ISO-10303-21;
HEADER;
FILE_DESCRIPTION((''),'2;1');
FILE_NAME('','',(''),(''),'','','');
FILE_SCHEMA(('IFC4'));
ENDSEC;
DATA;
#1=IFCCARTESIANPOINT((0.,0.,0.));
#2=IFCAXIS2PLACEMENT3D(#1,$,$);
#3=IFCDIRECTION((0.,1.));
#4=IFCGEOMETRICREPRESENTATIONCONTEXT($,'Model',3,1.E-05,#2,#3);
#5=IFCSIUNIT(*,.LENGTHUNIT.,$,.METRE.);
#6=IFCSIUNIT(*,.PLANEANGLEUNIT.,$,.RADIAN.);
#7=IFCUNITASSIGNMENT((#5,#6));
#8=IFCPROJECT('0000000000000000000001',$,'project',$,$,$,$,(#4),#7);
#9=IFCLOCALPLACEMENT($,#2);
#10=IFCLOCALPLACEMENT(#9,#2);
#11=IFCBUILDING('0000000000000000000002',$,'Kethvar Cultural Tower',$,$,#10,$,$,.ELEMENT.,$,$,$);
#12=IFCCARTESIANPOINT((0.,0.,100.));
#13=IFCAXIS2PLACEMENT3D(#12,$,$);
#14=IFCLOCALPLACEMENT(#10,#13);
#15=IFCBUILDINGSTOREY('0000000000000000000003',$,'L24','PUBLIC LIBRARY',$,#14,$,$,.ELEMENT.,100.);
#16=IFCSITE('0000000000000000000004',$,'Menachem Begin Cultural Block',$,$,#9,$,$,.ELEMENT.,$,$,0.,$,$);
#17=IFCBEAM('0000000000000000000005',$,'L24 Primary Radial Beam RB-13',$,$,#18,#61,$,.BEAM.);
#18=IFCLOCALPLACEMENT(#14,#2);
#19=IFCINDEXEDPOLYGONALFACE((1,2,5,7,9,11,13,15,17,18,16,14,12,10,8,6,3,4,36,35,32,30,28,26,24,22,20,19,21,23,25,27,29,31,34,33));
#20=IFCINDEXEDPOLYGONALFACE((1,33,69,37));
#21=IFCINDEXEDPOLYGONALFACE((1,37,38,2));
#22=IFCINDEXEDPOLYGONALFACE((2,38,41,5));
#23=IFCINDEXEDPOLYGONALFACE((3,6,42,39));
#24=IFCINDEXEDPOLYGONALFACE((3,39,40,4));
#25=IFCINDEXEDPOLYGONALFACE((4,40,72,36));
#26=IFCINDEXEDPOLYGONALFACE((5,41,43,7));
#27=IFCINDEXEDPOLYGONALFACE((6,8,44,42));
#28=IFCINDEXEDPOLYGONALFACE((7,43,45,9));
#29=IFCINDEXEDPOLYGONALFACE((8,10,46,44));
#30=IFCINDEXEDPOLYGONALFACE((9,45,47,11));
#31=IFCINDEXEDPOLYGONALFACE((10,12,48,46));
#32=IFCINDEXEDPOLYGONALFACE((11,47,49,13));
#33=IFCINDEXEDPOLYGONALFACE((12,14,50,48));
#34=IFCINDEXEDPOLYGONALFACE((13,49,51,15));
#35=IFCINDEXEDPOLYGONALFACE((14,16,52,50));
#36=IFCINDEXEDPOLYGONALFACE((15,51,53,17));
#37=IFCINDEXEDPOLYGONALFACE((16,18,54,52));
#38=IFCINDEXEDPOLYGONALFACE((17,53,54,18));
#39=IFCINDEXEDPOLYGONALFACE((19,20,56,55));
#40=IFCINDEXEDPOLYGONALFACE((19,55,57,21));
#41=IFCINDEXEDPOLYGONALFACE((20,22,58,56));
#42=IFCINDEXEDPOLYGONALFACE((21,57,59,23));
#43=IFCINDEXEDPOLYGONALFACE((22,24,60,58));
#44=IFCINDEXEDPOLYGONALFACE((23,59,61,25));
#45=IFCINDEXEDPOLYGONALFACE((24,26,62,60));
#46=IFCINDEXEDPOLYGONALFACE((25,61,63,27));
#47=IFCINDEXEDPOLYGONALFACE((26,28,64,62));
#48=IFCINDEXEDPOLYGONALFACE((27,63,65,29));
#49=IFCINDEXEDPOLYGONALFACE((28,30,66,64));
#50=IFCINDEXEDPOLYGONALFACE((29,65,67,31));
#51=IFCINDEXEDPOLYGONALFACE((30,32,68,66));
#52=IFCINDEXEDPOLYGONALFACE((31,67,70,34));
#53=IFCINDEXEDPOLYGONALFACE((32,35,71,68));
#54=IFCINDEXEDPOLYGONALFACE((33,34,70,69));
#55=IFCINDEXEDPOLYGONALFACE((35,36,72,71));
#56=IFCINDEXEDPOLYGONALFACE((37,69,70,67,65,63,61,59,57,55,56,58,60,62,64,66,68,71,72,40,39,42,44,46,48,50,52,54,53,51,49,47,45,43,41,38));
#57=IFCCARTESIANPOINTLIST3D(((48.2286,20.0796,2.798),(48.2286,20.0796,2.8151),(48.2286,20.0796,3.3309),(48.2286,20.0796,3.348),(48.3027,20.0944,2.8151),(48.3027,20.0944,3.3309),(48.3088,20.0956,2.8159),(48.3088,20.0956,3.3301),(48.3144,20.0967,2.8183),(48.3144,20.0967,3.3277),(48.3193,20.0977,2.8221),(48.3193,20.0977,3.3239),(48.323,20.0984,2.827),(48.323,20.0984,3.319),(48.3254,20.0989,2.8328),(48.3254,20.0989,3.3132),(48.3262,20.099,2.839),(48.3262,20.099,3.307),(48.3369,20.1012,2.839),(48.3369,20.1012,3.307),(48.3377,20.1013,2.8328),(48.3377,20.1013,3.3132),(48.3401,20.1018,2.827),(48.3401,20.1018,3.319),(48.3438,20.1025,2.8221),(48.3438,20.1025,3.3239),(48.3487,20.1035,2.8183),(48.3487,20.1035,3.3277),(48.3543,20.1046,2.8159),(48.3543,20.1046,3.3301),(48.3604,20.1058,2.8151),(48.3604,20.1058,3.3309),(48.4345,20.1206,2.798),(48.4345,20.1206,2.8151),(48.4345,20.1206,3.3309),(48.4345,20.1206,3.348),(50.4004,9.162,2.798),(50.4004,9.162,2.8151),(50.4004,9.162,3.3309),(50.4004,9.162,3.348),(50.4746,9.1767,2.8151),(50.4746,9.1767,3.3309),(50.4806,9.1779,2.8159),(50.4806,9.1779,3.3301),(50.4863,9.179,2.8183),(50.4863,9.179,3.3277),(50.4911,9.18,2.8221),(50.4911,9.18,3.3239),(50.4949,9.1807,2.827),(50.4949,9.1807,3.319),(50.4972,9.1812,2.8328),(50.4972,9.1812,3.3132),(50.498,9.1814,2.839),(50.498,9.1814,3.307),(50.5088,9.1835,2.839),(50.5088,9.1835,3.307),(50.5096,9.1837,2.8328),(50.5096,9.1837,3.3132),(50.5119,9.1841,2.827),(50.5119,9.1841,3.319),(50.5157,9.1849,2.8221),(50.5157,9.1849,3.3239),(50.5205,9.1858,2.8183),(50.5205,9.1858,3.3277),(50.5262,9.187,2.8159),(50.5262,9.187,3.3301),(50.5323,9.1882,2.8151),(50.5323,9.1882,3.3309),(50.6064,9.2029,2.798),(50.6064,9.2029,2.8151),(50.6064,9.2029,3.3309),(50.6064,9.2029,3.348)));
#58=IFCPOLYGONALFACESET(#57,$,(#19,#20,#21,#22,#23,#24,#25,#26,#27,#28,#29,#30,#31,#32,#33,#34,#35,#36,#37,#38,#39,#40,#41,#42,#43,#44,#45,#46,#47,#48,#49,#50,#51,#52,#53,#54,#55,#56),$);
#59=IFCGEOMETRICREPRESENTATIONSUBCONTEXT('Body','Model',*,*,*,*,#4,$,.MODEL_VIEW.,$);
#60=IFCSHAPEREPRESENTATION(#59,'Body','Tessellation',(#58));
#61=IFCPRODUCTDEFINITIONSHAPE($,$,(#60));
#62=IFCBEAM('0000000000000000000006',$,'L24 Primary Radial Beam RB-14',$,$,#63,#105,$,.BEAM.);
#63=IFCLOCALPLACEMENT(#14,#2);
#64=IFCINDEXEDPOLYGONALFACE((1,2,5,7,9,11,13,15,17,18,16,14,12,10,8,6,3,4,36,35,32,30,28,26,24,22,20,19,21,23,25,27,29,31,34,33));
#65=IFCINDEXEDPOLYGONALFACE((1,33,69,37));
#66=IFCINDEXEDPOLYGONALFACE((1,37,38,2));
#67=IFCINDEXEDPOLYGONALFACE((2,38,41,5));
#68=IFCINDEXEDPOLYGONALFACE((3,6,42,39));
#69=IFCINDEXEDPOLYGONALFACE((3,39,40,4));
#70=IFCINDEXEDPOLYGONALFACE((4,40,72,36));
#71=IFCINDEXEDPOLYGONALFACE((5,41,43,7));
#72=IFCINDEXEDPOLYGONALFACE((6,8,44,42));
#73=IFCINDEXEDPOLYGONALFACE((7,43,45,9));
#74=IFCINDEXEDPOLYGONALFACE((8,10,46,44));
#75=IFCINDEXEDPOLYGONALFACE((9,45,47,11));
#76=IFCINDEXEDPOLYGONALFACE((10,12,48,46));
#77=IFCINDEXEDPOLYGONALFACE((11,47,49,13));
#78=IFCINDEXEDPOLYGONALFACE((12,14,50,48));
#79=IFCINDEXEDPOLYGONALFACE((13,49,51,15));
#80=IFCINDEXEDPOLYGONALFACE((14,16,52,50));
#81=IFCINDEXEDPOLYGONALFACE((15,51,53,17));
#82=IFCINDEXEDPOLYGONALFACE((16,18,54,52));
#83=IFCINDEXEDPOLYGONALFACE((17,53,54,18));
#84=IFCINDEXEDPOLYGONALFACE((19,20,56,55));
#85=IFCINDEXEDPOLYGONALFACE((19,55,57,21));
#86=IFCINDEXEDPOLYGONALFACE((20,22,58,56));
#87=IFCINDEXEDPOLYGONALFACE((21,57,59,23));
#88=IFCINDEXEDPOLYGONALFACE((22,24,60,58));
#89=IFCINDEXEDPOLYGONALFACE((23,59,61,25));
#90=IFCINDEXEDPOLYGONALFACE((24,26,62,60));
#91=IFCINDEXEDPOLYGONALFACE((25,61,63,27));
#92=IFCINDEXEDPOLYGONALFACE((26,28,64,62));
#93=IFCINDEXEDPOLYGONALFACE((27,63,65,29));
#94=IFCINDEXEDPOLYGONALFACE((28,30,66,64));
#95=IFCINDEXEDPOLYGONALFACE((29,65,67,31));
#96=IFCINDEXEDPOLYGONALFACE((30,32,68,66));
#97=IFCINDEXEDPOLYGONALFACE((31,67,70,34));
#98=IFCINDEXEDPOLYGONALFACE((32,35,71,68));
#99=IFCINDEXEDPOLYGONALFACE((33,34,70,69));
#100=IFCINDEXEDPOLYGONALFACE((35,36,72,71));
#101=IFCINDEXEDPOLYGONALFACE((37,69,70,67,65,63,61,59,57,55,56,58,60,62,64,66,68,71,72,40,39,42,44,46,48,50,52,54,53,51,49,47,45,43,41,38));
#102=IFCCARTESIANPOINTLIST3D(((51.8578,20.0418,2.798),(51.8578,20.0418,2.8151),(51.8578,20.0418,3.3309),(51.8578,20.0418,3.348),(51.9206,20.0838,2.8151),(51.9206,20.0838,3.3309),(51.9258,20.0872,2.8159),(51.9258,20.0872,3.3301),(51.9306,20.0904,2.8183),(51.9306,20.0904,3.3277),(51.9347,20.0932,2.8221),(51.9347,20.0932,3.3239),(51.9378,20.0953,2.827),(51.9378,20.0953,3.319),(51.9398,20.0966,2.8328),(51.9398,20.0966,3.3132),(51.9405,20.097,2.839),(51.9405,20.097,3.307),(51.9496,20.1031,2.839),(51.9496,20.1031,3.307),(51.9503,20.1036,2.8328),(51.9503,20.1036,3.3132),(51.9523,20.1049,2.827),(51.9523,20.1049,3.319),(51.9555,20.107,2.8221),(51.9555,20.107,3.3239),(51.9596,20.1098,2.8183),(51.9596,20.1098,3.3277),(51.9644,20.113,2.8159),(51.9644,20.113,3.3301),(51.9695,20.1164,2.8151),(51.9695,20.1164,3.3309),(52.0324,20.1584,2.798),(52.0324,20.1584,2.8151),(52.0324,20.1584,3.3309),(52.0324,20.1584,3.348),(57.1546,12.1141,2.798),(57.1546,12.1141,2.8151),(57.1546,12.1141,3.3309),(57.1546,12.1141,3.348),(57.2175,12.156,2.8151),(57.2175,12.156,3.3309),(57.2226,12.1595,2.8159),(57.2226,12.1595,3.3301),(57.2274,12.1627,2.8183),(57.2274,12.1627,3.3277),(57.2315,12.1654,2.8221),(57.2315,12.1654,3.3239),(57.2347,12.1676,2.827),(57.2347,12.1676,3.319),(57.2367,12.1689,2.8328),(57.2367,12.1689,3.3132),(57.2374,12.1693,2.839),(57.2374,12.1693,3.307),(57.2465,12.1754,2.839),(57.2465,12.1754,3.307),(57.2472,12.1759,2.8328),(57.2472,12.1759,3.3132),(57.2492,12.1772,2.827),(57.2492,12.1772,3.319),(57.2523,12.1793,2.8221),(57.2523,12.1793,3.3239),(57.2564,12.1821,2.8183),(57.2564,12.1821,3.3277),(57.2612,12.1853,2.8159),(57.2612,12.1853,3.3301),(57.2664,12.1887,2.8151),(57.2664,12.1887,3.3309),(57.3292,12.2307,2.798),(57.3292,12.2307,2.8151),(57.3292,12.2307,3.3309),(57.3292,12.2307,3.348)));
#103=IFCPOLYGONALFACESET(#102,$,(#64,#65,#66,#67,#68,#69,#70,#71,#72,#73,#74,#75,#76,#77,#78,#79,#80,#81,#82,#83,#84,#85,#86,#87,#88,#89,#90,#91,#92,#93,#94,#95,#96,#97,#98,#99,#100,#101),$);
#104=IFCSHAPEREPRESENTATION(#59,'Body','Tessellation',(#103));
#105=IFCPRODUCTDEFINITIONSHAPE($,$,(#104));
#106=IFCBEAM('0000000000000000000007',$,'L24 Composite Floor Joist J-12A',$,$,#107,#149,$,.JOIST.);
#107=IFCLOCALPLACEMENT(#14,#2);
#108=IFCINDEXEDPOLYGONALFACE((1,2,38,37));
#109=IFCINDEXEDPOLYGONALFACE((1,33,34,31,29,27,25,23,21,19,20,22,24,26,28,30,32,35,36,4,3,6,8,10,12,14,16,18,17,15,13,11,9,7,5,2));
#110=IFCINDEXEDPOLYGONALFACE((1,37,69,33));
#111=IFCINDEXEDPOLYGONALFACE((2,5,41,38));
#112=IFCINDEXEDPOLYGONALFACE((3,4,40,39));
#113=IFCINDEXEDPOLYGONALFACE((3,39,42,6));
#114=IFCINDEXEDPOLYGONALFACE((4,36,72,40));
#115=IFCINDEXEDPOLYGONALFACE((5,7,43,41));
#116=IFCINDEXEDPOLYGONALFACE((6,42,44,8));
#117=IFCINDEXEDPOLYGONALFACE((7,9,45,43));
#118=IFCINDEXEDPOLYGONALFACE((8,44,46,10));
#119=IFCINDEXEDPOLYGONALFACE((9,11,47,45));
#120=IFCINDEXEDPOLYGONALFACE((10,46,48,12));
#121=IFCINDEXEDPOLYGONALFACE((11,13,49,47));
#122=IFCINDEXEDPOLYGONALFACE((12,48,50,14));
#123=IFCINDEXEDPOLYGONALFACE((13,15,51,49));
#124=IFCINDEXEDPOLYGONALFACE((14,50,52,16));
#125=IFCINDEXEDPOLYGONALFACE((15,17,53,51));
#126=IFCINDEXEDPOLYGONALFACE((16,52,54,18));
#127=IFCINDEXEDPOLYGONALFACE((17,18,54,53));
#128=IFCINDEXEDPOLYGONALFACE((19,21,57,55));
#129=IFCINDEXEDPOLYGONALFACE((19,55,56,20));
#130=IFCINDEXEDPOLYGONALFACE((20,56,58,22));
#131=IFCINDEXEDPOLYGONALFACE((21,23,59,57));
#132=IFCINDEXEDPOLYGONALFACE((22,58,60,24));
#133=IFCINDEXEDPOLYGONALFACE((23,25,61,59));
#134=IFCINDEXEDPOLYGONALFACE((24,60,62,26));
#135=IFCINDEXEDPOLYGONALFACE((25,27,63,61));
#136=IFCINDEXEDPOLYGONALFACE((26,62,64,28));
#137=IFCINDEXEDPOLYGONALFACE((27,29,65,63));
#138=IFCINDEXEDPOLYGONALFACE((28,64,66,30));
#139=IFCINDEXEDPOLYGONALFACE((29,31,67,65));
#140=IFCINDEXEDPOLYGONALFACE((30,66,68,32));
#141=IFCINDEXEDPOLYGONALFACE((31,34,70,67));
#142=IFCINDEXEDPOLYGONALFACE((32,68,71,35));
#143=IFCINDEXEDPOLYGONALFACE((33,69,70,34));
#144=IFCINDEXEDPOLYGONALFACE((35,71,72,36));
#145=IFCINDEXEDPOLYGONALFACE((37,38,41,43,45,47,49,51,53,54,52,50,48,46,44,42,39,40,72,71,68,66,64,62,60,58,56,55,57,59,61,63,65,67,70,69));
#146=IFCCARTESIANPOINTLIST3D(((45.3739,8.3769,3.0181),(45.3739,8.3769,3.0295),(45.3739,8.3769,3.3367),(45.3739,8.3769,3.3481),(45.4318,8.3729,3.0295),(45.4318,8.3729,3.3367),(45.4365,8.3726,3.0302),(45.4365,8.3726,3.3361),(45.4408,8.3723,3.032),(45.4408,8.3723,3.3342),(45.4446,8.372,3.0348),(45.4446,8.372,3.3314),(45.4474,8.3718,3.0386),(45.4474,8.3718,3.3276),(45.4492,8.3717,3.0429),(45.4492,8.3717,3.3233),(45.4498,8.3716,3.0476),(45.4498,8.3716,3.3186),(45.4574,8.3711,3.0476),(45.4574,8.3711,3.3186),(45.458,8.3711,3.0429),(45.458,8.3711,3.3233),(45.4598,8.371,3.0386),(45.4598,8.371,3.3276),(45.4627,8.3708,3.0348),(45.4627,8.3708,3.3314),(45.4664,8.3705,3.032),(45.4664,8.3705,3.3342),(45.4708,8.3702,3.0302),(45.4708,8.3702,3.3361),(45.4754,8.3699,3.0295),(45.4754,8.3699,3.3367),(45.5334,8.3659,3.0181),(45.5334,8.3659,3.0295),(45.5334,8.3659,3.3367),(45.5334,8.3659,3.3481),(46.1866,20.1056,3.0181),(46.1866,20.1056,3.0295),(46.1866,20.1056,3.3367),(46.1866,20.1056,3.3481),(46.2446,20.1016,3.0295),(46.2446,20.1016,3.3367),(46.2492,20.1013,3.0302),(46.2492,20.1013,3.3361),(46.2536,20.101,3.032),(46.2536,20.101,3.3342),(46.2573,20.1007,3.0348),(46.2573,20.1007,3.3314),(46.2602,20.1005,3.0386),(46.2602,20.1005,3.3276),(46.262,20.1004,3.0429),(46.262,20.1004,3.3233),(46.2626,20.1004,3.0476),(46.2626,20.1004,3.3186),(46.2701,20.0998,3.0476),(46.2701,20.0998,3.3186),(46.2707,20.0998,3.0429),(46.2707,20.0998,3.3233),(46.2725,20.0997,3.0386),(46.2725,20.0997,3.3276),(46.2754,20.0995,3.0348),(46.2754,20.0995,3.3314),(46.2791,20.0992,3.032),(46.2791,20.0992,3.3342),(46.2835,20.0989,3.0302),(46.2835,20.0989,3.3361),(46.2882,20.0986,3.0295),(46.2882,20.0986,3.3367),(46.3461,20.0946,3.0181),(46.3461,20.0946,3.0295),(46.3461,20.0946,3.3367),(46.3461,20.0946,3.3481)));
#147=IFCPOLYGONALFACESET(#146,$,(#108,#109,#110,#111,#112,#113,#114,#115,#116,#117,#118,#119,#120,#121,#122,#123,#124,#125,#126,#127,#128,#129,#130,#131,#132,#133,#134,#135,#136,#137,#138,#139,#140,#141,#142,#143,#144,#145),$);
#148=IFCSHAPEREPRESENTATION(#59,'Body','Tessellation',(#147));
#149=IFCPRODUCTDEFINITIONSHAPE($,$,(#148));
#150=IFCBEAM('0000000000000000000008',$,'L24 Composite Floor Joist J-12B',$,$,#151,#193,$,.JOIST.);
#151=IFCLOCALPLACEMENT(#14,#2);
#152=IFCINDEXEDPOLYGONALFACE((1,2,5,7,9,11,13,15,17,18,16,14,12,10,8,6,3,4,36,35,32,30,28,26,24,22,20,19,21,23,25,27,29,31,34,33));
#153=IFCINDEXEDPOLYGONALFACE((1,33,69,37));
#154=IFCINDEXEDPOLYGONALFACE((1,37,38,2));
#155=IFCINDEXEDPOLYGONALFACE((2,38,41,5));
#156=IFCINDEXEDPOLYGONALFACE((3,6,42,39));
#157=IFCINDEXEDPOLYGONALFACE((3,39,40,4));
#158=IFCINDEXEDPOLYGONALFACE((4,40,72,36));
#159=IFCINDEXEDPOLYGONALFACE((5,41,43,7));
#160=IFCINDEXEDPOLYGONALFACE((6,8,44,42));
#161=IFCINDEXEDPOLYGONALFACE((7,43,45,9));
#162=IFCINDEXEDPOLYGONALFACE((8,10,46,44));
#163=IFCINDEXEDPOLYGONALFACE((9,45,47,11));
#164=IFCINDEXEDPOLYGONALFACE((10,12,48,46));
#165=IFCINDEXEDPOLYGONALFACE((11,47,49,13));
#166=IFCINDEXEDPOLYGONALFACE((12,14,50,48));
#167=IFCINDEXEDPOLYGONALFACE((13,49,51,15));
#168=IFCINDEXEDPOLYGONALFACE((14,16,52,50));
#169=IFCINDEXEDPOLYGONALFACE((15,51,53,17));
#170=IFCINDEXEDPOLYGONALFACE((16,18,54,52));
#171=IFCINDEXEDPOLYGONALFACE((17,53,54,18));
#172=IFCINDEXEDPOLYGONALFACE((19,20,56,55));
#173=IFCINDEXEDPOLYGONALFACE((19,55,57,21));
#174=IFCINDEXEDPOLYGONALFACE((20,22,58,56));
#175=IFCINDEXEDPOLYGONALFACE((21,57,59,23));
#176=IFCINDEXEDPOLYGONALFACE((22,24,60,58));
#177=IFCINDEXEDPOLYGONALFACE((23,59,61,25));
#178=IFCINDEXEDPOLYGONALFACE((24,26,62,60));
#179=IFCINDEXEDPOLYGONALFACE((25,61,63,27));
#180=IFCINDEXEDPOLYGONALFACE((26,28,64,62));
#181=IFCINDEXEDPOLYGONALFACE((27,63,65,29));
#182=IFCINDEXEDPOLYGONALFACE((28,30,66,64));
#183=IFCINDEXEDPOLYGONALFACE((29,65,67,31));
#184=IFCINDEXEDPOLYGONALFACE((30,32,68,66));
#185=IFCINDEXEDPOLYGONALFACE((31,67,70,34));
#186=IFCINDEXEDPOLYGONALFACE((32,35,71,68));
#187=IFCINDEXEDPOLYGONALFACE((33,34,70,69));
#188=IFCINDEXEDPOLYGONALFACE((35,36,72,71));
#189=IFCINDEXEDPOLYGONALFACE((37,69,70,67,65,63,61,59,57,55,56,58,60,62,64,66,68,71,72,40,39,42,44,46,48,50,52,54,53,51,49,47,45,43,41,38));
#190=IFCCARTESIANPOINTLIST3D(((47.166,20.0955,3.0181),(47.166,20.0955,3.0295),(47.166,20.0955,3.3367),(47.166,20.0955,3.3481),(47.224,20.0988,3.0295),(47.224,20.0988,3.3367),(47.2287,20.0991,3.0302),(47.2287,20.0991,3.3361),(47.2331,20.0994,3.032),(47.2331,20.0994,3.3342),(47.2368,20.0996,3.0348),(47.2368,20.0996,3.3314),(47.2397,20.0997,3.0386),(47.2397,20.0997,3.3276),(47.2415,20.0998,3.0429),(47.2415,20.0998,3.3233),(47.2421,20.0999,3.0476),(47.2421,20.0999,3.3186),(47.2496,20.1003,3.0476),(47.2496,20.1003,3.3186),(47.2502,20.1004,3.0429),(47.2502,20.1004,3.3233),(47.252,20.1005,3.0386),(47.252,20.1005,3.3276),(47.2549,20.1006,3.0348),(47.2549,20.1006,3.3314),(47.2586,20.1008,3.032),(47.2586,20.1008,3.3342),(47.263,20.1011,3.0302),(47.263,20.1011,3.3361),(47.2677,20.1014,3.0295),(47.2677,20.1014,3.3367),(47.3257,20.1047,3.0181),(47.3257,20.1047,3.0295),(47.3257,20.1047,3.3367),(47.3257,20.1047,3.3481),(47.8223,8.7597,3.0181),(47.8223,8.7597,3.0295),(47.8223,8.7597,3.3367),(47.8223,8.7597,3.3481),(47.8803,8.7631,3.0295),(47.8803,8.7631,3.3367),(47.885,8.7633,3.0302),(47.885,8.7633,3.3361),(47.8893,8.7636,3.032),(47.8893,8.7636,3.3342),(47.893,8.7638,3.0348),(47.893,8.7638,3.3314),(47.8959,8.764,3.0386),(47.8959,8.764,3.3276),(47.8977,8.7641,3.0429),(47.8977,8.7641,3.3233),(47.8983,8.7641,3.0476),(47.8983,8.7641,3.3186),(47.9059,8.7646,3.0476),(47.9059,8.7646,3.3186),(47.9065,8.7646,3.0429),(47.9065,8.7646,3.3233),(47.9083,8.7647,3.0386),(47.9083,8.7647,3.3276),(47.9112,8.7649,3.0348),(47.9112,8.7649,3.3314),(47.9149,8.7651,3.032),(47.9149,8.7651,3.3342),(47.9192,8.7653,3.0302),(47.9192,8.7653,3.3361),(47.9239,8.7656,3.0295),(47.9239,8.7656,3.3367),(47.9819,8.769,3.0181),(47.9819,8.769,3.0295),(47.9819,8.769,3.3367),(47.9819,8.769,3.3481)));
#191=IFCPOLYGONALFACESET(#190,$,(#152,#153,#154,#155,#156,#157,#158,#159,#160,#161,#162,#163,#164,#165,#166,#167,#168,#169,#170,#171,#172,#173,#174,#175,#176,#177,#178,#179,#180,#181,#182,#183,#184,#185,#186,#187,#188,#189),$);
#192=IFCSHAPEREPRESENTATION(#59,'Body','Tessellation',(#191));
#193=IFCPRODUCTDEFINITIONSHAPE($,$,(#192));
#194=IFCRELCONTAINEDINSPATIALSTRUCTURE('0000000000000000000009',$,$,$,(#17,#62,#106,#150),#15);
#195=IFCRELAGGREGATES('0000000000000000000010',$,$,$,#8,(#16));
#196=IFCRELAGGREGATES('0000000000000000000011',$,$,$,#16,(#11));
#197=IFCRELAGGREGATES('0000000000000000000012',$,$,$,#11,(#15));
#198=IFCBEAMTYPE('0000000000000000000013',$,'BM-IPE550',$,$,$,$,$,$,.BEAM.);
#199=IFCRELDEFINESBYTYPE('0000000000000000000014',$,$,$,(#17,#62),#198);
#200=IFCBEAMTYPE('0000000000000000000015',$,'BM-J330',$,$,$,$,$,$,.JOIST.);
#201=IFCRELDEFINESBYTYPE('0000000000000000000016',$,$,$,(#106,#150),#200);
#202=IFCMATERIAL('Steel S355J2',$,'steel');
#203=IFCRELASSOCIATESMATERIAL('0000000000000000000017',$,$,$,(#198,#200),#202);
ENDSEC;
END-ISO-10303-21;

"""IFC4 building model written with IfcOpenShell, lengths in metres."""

from ifc_helpers import new_model, si_unit, direction, frame, origin, origin_2d, place, context, subcontext, project, spatial, i_section, extrude, source, transform, mapped, material, material_profile, profile_set, type_object, element, save


model = new_model("IFC4")

# Units and contexts
model_context = context("Model", 3, precision=1e-05, world=origin(), true_north=direction((0.0, 1.0)))
body_context = subcontext(model_context, "Body", "Model", "MODEL_VIEW")
ifc_project = project(units=[si_unit("LENGTHUNIT", "METRE"), si_unit("PLANEANGLEUNIT", "RADIAN")], contexts=[model_context])

# Site, building, storey
site_placement = place(None, origin())
site = spatial("IfcSite", under=ifc_project, at=site_placement, Name="Menachem Begin Cultural Block", CompositionType="ELEMENT", RefElevation=0.0)
building_placement = place(site_placement, origin())
building = spatial("IfcBuilding", under=site, at=building_placement, Name="Kethvar Cultural Tower", CompositionType="ELEMENT")
storey_placement = place(building_placement, frame((0.0, 0.0, 100.0)))
storey = spatial("IfcBuildingStorey", under=building, at=storey_placement, Name="L24", Description="PUBLIC LIBRARY", CompositionType="ELEMENT", Elevation=100.0)

# Beams
ifc_material_1 = material(Name="Steel S355J2", Category="steel")
ifc_material_profile_1 = material_profile(ifc_material_1, i_section(OverallWidth=0.21, OverallDepth=0.55, WebThickness=0.011, FlangeThickness=0.0171, FilletRadius=0.0239, at=origin_2d()), Name="Steel S355J2 — IPE550")
ifc_profile_set_1 = profile_set([ifc_material_profile_1], Name="Steel S355J2 — IPE550")
beam_type_1 = type_object("IfcBeamType", Name="BM-IPE550", PredefinedType="BEAM", material=ifc_profile_set_1)
shared_shape_1 = source(origin(), body_context, "Body", "SweptSolid", [
    extrude(i_section(OverallWidth=0.21, OverallDepth=0.55, WebThickness=0.011, FlangeThickness=0.0171, FilletRadius=0.0239, at=origin_2d()), origin(), (0.0, 0.0, 1.0), 11.1316),
])
beam_1_placement = place(storey_placement, frame((48.3315, 20.1001, 3.073), z_axis=(0.195108, -0.980782, 0.0), x_axis=(0.980782, 0.195108, 0.0)))
element("IfcBeam", 1, at=beam_1_placement, inside=storey, type_object=beam_type_1, Name="L24 Primary Radial Beam RB-13", PredefinedType="BEAM", context=body_context, shape_type="MappedRepresentation", body=[
    mapped(shared_shape_1, transform((0.0, 0.0, 0.0), scale=1.0)),
])
shared_shape_2 = source(origin(), body_context, "Body", "SweptSolid", [
    extrude(i_section(OverallWidth=0.21, OverallDepth=0.55, WebThickness=0.011, FlangeThickness=0.0171, FilletRadius=0.0239, at=origin_2d()), origin(), (0.0, 0.0, 1.0), 9.5344),
])
beam_2_placement = place(storey_placement, frame((51.9451, 20.1001, 3.073), z_axis=(0.555551, -0.831483, 0.0), x_axis=(0.831483, 0.555551, 0.0)))
element("IfcBeam", 2, at=beam_2_placement, inside=storey, type_object=beam_type_1, Name="L24 Primary Radial Beam RB-14", PredefinedType="BEAM", context=body_context, shape_type="MappedRepresentation", body=[
    mapped(shared_shape_2, transform((0.0, 0.0, 0.0), scale=1.0)),
])
ifc_material_profile_2 = material_profile(ifc_material_1, i_section(OverallWidth=0.1599, OverallDepth=0.3301, WebThickness=0.0076, FlangeThickness=0.0115, FilletRadius=0.0181, at=origin_2d()), Name="Steel S355J2 — IPE330")
ifc_profile_set_2 = profile_set([ifc_material_profile_2], Name="Steel S355J2 — IPE330")
beam_type_2 = type_object("IfcBeamType", Name="BM-J330", PredefinedType="JOIST", material=ifc_profile_set_2)
shared_shape_3 = source(origin(), body_context, "Body", "SweptSolid", [
    extrude(i_section(OverallWidth=0.1599, OverallDepth=0.3301, WebThickness=0.0076, FlangeThickness=0.0115, FilletRadius=0.0181, at=origin_2d()), origin(), (0.0, 0.0, 1.0), 11.7568),
])
beam_3_placement = place(storey_placement, frame((46.2664, 20.1001, 3.1831), z_axis=(-0.069129, -0.997608, 0.0), x_axis=(0.997608, -0.069129, 0.0)))
element("IfcBeam", 3, at=beam_3_placement, inside=storey, type_object=beam_type_2, Name="L24 Composite Floor Joist J-12A", PredefinedType="JOIST", context=body_context, shape_type="MappedRepresentation", body=[
    mapped(shared_shape_3, transform((0.0, 0.0, 0.0), scale=1.0)),
])
shared_shape_4 = source(origin(), body_context, "Body", "SweptSolid", [
    extrude(i_section(OverallWidth=0.1599, OverallDepth=0.3301, WebThickness=0.0076, FlangeThickness=0.0115, FilletRadius=0.0181, at=origin_2d()), origin(), (0.0, 0.0, 1.0), 11.3547),
])
beam_4_placement = place(storey_placement, frame((47.2458, 20.1001, 3.1831), z_axis=(0.057796, -0.998328, 0.0), x_axis=(0.998328, 0.057796, 0.0)))
element("IfcBeam", 4, at=beam_4_placement, inside=storey, type_object=beam_type_2, Name="L24 Composite Floor Joist J-12B", PredefinedType="JOIST", context=body_context, shape_type="MappedRepresentation", body=[
    mapped(shared_shape_4, transform((0.0, 0.0, 0.0), scale=1.0)),
])

save(model, "model.ifc")
